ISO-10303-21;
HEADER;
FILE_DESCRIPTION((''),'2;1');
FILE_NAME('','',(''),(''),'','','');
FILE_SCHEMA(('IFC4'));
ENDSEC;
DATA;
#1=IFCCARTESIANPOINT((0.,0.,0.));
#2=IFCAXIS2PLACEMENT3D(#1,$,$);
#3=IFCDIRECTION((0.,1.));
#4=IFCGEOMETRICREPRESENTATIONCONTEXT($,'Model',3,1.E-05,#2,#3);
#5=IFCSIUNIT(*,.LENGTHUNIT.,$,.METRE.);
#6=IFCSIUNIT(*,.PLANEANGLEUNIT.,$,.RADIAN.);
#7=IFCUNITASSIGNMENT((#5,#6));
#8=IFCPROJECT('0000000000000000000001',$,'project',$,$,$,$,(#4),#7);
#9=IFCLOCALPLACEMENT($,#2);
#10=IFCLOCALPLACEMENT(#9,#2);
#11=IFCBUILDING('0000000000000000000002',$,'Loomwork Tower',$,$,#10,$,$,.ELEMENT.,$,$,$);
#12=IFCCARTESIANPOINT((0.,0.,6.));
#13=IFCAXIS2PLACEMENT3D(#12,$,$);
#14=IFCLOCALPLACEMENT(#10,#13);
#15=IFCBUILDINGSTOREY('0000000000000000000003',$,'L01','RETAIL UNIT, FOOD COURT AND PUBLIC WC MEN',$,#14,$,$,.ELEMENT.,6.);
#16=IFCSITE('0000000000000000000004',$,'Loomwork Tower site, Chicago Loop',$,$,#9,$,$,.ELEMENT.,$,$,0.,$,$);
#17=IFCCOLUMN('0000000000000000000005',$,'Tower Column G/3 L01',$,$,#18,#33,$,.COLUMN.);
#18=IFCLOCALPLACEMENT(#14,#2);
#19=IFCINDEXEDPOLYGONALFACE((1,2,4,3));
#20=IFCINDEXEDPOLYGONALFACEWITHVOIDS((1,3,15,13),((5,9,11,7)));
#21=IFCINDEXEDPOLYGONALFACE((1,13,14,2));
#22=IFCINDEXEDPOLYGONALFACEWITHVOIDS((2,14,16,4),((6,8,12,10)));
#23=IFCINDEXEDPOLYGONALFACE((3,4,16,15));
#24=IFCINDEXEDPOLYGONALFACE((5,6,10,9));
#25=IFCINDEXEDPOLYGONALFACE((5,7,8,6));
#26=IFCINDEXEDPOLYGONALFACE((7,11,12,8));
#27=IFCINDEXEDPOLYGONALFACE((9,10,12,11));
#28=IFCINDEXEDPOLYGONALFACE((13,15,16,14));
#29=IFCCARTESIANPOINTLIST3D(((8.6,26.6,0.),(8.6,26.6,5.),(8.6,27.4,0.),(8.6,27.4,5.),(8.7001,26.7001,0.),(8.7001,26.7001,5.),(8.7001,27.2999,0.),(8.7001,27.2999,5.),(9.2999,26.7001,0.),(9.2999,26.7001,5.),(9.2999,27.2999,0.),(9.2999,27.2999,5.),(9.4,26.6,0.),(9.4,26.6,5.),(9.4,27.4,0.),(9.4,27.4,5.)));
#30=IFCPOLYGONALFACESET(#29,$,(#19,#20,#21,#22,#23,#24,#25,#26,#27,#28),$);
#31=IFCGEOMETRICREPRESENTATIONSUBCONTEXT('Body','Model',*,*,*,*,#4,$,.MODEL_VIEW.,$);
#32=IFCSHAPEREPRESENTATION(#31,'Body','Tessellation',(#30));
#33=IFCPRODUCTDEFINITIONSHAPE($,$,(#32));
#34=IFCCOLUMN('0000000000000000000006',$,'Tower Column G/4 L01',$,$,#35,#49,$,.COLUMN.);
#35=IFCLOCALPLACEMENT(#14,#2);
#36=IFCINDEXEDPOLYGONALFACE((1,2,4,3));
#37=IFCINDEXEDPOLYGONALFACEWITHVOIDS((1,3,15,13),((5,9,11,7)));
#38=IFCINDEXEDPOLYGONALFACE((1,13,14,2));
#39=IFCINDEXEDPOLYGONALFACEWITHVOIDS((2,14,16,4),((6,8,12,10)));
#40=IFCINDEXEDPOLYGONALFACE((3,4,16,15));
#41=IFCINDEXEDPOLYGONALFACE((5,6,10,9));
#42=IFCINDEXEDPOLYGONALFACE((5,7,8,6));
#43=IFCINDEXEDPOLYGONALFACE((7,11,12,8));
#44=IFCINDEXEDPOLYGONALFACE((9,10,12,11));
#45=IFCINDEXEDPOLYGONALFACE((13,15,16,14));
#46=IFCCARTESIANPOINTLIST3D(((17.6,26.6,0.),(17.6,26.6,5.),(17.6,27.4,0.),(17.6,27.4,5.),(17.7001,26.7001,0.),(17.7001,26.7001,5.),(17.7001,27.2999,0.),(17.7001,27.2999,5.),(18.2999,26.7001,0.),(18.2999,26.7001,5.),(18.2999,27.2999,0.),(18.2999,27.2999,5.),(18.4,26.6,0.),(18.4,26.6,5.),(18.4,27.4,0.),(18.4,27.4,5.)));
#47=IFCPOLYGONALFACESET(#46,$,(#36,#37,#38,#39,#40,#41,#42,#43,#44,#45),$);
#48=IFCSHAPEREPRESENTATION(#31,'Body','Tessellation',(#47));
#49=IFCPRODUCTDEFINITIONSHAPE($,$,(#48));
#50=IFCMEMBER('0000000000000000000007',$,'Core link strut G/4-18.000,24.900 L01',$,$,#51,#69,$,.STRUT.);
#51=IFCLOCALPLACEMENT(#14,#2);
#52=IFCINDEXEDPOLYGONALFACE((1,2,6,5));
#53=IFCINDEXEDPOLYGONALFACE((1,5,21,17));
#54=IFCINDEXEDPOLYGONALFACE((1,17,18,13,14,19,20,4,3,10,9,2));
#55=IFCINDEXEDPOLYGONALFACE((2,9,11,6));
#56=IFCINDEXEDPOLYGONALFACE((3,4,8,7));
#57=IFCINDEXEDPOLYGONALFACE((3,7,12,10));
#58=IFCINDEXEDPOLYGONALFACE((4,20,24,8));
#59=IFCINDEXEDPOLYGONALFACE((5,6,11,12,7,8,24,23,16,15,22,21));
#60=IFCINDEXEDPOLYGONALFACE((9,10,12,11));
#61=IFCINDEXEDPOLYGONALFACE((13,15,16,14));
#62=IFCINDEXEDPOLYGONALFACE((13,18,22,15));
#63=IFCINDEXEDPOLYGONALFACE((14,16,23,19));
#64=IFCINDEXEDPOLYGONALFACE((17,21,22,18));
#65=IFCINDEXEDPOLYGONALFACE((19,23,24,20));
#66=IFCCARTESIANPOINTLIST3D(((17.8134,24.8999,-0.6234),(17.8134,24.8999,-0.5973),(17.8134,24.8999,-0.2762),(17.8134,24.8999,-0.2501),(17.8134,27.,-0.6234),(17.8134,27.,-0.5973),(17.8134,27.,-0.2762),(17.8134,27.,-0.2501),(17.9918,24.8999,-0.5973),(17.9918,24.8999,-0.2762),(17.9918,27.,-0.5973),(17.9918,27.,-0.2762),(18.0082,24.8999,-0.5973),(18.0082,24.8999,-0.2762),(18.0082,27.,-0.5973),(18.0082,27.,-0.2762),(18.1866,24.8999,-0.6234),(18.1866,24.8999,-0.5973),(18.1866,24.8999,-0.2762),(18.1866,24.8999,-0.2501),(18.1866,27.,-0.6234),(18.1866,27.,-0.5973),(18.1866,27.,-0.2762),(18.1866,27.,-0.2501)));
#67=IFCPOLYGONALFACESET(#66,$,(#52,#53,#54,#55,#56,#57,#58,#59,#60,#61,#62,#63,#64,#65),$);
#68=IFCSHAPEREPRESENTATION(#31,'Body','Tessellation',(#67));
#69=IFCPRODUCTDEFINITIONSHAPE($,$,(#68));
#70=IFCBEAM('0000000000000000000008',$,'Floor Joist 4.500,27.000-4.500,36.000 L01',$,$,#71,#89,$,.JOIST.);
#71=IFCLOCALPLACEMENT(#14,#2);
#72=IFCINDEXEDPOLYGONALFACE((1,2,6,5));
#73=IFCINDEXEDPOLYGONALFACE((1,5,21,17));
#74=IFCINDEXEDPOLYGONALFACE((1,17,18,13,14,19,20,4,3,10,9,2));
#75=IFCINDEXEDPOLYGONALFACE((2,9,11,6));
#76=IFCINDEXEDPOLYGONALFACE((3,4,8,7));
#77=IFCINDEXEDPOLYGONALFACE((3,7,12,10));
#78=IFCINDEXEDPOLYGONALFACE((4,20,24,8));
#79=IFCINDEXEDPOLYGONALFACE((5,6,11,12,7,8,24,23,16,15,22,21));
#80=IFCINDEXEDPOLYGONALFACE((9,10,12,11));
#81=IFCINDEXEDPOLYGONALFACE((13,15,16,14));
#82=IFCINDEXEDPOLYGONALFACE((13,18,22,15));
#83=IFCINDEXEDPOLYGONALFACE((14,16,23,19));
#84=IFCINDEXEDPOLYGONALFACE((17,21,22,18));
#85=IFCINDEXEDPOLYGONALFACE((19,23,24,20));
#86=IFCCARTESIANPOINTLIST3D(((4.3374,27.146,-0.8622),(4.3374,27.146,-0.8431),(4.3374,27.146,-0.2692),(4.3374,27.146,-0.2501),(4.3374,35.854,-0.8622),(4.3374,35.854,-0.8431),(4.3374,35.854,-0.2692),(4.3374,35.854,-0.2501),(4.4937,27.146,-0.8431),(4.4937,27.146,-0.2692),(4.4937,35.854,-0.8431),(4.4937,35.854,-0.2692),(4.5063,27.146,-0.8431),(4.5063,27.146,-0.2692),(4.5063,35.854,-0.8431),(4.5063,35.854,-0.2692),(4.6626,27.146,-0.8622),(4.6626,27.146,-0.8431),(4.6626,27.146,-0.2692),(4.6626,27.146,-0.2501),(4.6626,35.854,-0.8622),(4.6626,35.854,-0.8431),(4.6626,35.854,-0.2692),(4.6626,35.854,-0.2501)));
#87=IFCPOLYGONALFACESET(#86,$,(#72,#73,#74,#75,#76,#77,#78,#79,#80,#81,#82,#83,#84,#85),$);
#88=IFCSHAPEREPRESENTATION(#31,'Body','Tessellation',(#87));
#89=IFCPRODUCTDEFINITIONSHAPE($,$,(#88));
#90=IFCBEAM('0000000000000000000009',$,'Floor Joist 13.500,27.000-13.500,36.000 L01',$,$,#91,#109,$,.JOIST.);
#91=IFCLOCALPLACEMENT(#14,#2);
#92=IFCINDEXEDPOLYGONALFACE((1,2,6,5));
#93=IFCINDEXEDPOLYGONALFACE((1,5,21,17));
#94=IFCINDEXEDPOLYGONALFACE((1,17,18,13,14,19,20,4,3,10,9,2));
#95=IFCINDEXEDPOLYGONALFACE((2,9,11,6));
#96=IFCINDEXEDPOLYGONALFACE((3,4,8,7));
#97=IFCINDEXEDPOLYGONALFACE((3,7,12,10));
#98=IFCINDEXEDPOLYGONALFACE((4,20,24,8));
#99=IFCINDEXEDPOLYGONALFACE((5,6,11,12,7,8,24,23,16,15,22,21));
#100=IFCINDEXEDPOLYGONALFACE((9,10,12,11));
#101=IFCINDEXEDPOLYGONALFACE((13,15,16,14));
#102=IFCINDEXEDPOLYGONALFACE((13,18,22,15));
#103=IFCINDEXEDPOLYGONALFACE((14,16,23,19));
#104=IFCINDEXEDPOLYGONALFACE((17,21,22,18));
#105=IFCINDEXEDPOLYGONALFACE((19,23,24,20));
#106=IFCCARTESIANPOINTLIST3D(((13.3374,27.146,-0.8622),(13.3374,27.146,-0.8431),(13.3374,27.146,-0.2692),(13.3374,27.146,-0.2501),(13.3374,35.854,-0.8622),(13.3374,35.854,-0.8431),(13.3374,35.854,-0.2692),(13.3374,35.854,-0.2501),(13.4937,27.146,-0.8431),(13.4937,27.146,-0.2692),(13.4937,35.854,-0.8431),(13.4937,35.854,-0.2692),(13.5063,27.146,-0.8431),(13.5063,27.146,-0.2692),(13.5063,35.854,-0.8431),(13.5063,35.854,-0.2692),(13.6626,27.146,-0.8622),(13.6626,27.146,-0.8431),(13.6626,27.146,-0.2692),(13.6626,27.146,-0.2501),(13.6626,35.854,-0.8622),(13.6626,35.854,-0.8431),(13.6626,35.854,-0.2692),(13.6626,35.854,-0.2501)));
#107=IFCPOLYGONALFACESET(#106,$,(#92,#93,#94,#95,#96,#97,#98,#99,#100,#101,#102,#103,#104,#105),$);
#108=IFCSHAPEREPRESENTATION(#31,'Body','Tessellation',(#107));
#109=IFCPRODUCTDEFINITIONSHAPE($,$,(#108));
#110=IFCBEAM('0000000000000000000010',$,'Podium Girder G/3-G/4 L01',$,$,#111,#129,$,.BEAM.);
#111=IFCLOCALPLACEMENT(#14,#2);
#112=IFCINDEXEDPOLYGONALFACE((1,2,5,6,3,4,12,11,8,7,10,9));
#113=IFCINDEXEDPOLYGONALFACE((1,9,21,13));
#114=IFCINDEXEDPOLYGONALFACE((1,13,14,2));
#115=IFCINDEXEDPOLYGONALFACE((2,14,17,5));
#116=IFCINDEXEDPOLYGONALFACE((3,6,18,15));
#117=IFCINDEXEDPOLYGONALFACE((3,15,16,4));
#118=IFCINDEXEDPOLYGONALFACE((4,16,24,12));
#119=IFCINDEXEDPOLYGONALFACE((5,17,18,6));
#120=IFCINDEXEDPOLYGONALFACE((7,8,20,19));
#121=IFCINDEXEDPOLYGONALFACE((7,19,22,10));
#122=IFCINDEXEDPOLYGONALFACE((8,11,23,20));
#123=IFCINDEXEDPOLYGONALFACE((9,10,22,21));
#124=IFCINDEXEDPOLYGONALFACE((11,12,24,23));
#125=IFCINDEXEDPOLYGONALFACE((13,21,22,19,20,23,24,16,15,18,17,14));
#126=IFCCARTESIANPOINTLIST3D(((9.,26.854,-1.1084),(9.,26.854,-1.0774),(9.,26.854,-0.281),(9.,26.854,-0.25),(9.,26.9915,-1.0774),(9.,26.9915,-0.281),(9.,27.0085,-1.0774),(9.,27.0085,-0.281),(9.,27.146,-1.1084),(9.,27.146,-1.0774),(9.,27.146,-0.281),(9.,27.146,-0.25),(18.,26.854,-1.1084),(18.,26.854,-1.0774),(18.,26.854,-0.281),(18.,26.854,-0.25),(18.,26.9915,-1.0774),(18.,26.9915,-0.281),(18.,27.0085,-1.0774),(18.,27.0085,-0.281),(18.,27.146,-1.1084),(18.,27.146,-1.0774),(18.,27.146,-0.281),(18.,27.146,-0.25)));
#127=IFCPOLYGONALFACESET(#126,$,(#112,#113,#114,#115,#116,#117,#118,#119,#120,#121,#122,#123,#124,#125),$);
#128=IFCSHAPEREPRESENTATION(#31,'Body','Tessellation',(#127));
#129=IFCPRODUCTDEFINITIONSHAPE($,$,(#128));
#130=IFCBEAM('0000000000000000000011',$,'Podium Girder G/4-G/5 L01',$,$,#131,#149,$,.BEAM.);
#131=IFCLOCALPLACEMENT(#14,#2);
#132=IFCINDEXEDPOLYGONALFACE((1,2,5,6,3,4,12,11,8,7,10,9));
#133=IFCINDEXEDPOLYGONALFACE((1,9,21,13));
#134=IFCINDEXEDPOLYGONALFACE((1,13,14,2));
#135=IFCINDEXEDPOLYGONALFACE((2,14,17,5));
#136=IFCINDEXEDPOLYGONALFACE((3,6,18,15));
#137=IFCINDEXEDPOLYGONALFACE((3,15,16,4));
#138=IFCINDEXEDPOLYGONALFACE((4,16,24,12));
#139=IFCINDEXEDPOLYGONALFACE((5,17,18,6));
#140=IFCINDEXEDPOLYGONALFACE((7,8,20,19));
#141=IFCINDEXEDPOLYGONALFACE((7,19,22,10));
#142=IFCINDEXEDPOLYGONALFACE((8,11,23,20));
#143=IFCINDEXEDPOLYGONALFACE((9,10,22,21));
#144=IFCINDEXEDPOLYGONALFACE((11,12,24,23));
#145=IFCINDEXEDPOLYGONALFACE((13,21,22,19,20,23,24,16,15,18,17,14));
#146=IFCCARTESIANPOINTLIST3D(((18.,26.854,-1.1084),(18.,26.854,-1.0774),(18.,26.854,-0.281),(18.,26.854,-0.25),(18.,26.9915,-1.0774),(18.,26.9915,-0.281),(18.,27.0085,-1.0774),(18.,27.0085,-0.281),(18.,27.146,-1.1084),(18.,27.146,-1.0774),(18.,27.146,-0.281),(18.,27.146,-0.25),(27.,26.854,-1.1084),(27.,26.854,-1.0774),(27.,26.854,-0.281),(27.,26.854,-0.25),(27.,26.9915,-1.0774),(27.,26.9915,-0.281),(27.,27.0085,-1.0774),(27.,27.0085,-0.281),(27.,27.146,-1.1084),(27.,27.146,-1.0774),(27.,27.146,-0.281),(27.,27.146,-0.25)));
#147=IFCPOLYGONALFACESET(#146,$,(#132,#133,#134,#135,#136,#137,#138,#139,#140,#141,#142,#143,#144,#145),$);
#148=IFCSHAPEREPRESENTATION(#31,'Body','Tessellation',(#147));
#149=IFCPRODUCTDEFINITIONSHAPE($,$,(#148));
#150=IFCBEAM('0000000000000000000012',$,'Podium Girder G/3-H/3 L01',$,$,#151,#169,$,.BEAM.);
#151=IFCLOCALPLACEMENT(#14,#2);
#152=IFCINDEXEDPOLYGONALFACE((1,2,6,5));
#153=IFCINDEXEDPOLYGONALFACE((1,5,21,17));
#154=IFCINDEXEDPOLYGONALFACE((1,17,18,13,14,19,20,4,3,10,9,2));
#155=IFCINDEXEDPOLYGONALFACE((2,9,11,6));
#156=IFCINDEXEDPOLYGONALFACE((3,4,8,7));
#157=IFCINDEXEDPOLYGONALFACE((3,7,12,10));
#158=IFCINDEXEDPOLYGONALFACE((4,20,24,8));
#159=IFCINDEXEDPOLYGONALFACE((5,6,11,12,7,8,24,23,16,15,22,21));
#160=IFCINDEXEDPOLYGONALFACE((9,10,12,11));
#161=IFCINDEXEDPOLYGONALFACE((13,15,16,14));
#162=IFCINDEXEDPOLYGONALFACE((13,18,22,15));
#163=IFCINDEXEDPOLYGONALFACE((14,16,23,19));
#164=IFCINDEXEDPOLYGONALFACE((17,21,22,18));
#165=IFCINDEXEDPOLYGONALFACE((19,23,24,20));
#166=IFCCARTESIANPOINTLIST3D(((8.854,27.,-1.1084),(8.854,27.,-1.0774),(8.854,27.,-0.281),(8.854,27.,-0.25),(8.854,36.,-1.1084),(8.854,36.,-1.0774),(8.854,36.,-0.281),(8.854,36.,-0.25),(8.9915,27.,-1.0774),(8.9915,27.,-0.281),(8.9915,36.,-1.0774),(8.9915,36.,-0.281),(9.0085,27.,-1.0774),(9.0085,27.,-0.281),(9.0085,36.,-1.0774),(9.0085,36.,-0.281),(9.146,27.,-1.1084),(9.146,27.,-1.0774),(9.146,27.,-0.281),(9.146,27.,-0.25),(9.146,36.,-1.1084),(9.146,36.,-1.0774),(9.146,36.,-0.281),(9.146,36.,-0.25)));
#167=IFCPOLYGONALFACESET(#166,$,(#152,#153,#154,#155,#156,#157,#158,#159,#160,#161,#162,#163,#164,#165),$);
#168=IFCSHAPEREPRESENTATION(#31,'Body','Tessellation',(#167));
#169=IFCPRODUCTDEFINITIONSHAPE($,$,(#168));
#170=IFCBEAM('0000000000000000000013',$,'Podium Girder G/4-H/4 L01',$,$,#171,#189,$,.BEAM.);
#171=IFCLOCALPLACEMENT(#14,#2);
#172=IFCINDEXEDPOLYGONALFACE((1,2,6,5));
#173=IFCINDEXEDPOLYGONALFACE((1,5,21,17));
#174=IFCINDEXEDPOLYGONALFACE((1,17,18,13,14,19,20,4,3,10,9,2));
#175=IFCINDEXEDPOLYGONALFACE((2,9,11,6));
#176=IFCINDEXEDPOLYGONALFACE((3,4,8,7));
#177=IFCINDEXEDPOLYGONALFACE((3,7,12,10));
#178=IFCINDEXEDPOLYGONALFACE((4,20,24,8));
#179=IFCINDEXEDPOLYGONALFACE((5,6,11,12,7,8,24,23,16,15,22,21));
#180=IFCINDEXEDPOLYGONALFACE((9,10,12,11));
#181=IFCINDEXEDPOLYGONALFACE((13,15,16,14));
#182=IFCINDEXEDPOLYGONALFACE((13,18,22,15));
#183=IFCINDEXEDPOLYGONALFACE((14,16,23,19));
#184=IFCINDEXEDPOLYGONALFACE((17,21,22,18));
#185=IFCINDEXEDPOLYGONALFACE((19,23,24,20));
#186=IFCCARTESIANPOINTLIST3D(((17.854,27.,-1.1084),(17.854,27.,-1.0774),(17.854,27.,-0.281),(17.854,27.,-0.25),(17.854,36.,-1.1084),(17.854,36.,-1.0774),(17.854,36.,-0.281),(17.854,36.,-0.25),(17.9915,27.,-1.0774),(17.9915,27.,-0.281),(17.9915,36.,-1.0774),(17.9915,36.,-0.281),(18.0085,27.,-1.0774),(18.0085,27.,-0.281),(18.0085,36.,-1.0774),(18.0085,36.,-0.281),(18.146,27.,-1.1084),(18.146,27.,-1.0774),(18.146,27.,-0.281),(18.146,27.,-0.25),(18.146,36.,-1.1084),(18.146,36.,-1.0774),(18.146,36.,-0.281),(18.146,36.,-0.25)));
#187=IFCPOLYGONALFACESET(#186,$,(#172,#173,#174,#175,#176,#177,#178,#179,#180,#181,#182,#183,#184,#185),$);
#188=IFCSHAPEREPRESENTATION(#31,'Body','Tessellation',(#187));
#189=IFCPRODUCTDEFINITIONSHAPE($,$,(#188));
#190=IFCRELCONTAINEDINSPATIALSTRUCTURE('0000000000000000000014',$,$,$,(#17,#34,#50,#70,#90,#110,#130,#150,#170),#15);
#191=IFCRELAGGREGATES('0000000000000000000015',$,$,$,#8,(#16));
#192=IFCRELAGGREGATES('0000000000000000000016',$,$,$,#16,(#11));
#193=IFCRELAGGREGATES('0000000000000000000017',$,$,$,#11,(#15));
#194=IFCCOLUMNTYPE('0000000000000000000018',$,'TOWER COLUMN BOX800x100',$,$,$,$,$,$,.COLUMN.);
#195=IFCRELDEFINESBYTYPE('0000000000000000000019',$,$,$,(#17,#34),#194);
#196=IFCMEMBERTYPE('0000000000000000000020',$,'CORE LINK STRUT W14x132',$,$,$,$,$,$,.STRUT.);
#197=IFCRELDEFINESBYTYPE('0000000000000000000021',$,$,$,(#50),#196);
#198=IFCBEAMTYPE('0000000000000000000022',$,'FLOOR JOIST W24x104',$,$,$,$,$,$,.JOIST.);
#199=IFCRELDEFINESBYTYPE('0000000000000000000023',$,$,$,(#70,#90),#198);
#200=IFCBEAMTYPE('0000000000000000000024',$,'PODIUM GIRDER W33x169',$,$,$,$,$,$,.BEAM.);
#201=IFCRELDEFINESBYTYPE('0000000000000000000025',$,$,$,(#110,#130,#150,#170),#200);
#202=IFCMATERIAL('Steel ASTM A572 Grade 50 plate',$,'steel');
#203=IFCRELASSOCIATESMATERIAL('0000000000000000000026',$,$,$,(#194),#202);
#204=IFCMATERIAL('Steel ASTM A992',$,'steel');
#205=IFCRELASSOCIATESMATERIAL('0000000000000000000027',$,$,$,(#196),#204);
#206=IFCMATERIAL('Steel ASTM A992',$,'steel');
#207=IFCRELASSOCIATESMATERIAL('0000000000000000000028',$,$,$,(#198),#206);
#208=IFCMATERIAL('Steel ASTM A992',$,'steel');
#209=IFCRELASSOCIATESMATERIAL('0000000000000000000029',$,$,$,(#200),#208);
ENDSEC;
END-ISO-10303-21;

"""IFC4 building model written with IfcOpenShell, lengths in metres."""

from ifc_helpers import new_model, si_unit, direction, frame, origin, origin_2d, place, context, subcontext, project, spatial, hollow_rectangle, i_section, extrude, material, material_profile, profile_set, type_object, element, save


model = new_model("IFC4")

# Units and contexts
model_context = context("Model", 3, precision=1e-05, world=origin(), true_north=direction((0.0, 1.0)))
body_context = subcontext(model_context, "Body", "Model", "MODEL_VIEW")
ifc_project = project(units=[si_unit("LENGTHUNIT", "METRE"), si_unit("PLANEANGLEUNIT", "RADIAN")], contexts=[model_context])

# Site, building, storey
site_placement = place(None, origin())
site = spatial("IfcSite", under=ifc_project, at=site_placement, Name="Loomwork Tower site, Chicago Loop", CompositionType="ELEMENT", RefElevation=0.0)
building_placement = place(site_placement, origin())
building = spatial("IfcBuilding", under=site, at=building_placement, Name="Loomwork Tower", CompositionType="ELEMENT")
storey_placement = place(building_placement, frame((0.0, 0.0, 6.0)))
storey = spatial("IfcBuildingStorey", under=building, at=storey_placement, Name="L01", Description="RETAIL UNIT, FOOD COURT AND PUBLIC WC MEN", CompositionType="ELEMENT", Elevation=6.0)

# Columns
ifc_material_1 = material(Name="Steel ASTM A572 Grade 50 plate", Category="steel")
ifc_material_profile_1 = material_profile(ifc_material_1, hollow_rectangle(XDim=0.8, YDim=0.8, WallThickness=0.1001, at=origin_2d()), Name="BOX800x100")
ifc_profile_set_1 = profile_set([ifc_material_profile_1], Name="Steel ASTM A572 Grade 50 plate")
column_type = type_object("IfcColumnType", Name="TOWER COLUMN BOX800x100", PredefinedType="COLUMN", material=ifc_profile_set_1)
for number, where, z_axis, x_axis, name in (
    (1, (9.0, 27.0, 0.0), (0.0, 0.0, 1.0), (1.0, 0.0, 0.0), "Tower Column G/3 L01"),
    (2, (18.0, 27.0, 0.0), (0.0, 0.0, 1.0), (1.0, 0.0, 0.0), "Tower Column G/4 L01"),
):
    element("IfcColumn", number, at=place(storey_placement, frame(where, z_axis=z_axis, x_axis=x_axis)), inside=storey, type_object=column_type, Name=name, PredefinedType="COLUMN", context=body_context, shape_type="SweptSolid", body=[
        extrude(hollow_rectangle(XDim=0.8, YDim=0.8, WallThickness=0.1001, at=origin_2d()), origin(), (0.0, 0.0, 1.0), 5.0),
    ])

# Member
ifc_material_2 = material(Name="Steel ASTM A992", Category="steel")
ifc_material_profile_2 = material_profile(ifc_material_2, i_section(OverallWidth=0.3733, OverallDepth=0.3733, WebThickness=0.0164, FlangeThickness=0.0261, at=origin_2d()), Name="W14x132")
ifc_profile_set_2 = profile_set([ifc_material_profile_2], Name="Steel ASTM A992")
member_type = type_object("IfcMemberType", Name="CORE LINK STRUT W14x132", PredefinedType="STRUT", material=ifc_profile_set_2)
member_placement = place(storey_placement, frame((18.0, 27.0, -0.4368), z_axis=(0.0, -1.0, 0.0), x_axis=(1.0, 0.0, 0.0)))
element("IfcMember", 3, at=member_placement, inside=storey, type_object=member_type, Name="Core link strut G/4-18.000,24.900 L01", PredefinedType="STRUT", context=body_context, shape_type="SweptSolid", body=[
    extrude(i_section(OverallWidth=0.3733, OverallDepth=0.3733, WebThickness=0.0164, FlangeThickness=0.0261, at=origin_2d()), origin(), (0.0, 0.0, 1.0), 2.1001),
])

# Beams
ifc_material_3 = material(Name="Steel ASTM A992", Category="steel")
ifc_material_profile_3 = material_profile(ifc_material_3, i_section(OverallWidth=0.3252, OverallDepth=0.6121, WebThickness=0.0127, FlangeThickness=0.019, at=origin_2d()), Name="W24x104")
ifc_profile_set_3 = profile_set([ifc_material_profile_3], Name="Steel ASTM A992")
beam_type_1 = type_object("IfcBeamType", Name="FLOOR JOIST W24x104", PredefinedType="JOIST", material=ifc_profile_set_3)
for number, where, z_axis, x_axis, name in (
    (4, (4.5, 27.146, -0.5562), (0.0, 1.0, 0.0), (-1.0, 0.0, 0.0), "Floor Joist 4.500,27.000-4.500,36.000 L01"),
    (5, (13.5, 27.146, -0.5562), (0.0, 1.0, 0.0), (-1.0, 0.0, 0.0), "Floor Joist 13.500,27.000-13.500,36.000 L01"),
):
    element("IfcBeam", number, at=place(storey_placement, frame(where, z_axis=z_axis, x_axis=x_axis)), inside=storey, type_object=beam_type_1, Name=name, PredefinedType="JOIST", context=body_context, shape_type="SweptSolid", body=[
        extrude(i_section(OverallWidth=0.3252, OverallDepth=0.6121, WebThickness=0.0127, FlangeThickness=0.019, at=origin_2d()), origin(), (0.0, 0.0, 1.0), 8.708),
    ])
ifc_material_4 = material(Name="Steel ASTM A992", Category="steel")
ifc_material_profile_4 = material_profile(ifc_material_4, i_section(OverallWidth=0.292, OverallDepth=0.8584, WebThickness=0.0171, FlangeThickness=0.031, at=origin_2d()), Name="W33x169")
ifc_profile_set_4 = profile_set([ifc_material_profile_4], Name="Steel ASTM A992")
beam_type_2 = type_object("IfcBeamType", Name="PODIUM GIRDER W33x169", PredefinedType="BEAM", material=ifc_profile_set_4)
for number, where, z_axis, x_axis, name in (
    (6, (9.0, 27.0, -0.6792), (1.0, 0.0, 0.0), (0.0, 1.0, 0.0), "Podium Girder G/3-G/4 L01"),
    (7, (18.0, 27.0, -0.6792), (1.0, 0.0, 0.0), (0.0, 1.0, 0.0), "Podium Girder G/4-G/5 L01"),
    (8, (9.0, 27.0, -0.6792), (0.0, 1.0, 0.0), (-1.0, 0.0, 0.0), "Podium Girder G/3-H/3 L01"),
    (9, (18.0, 27.0, -0.6792), (0.0, 1.0, 0.0), (-1.0, 0.0, 0.0), "Podium Girder G/4-H/4 L01"),
):
    element("IfcBeam", number, at=place(storey_placement, frame(where, z_axis=z_axis, x_axis=x_axis)), inside=storey, type_object=beam_type_2, Name=name, PredefinedType="BEAM", context=body_context, shape_type="SweptSolid", body=[
        extrude(i_section(OverallWidth=0.292, OverallDepth=0.8584, WebThickness=0.0171, FlangeThickness=0.031, at=origin_2d()), origin(), (0.0, 0.0, 1.0), 9.0),
    ])

save(model, "model.ifc")
